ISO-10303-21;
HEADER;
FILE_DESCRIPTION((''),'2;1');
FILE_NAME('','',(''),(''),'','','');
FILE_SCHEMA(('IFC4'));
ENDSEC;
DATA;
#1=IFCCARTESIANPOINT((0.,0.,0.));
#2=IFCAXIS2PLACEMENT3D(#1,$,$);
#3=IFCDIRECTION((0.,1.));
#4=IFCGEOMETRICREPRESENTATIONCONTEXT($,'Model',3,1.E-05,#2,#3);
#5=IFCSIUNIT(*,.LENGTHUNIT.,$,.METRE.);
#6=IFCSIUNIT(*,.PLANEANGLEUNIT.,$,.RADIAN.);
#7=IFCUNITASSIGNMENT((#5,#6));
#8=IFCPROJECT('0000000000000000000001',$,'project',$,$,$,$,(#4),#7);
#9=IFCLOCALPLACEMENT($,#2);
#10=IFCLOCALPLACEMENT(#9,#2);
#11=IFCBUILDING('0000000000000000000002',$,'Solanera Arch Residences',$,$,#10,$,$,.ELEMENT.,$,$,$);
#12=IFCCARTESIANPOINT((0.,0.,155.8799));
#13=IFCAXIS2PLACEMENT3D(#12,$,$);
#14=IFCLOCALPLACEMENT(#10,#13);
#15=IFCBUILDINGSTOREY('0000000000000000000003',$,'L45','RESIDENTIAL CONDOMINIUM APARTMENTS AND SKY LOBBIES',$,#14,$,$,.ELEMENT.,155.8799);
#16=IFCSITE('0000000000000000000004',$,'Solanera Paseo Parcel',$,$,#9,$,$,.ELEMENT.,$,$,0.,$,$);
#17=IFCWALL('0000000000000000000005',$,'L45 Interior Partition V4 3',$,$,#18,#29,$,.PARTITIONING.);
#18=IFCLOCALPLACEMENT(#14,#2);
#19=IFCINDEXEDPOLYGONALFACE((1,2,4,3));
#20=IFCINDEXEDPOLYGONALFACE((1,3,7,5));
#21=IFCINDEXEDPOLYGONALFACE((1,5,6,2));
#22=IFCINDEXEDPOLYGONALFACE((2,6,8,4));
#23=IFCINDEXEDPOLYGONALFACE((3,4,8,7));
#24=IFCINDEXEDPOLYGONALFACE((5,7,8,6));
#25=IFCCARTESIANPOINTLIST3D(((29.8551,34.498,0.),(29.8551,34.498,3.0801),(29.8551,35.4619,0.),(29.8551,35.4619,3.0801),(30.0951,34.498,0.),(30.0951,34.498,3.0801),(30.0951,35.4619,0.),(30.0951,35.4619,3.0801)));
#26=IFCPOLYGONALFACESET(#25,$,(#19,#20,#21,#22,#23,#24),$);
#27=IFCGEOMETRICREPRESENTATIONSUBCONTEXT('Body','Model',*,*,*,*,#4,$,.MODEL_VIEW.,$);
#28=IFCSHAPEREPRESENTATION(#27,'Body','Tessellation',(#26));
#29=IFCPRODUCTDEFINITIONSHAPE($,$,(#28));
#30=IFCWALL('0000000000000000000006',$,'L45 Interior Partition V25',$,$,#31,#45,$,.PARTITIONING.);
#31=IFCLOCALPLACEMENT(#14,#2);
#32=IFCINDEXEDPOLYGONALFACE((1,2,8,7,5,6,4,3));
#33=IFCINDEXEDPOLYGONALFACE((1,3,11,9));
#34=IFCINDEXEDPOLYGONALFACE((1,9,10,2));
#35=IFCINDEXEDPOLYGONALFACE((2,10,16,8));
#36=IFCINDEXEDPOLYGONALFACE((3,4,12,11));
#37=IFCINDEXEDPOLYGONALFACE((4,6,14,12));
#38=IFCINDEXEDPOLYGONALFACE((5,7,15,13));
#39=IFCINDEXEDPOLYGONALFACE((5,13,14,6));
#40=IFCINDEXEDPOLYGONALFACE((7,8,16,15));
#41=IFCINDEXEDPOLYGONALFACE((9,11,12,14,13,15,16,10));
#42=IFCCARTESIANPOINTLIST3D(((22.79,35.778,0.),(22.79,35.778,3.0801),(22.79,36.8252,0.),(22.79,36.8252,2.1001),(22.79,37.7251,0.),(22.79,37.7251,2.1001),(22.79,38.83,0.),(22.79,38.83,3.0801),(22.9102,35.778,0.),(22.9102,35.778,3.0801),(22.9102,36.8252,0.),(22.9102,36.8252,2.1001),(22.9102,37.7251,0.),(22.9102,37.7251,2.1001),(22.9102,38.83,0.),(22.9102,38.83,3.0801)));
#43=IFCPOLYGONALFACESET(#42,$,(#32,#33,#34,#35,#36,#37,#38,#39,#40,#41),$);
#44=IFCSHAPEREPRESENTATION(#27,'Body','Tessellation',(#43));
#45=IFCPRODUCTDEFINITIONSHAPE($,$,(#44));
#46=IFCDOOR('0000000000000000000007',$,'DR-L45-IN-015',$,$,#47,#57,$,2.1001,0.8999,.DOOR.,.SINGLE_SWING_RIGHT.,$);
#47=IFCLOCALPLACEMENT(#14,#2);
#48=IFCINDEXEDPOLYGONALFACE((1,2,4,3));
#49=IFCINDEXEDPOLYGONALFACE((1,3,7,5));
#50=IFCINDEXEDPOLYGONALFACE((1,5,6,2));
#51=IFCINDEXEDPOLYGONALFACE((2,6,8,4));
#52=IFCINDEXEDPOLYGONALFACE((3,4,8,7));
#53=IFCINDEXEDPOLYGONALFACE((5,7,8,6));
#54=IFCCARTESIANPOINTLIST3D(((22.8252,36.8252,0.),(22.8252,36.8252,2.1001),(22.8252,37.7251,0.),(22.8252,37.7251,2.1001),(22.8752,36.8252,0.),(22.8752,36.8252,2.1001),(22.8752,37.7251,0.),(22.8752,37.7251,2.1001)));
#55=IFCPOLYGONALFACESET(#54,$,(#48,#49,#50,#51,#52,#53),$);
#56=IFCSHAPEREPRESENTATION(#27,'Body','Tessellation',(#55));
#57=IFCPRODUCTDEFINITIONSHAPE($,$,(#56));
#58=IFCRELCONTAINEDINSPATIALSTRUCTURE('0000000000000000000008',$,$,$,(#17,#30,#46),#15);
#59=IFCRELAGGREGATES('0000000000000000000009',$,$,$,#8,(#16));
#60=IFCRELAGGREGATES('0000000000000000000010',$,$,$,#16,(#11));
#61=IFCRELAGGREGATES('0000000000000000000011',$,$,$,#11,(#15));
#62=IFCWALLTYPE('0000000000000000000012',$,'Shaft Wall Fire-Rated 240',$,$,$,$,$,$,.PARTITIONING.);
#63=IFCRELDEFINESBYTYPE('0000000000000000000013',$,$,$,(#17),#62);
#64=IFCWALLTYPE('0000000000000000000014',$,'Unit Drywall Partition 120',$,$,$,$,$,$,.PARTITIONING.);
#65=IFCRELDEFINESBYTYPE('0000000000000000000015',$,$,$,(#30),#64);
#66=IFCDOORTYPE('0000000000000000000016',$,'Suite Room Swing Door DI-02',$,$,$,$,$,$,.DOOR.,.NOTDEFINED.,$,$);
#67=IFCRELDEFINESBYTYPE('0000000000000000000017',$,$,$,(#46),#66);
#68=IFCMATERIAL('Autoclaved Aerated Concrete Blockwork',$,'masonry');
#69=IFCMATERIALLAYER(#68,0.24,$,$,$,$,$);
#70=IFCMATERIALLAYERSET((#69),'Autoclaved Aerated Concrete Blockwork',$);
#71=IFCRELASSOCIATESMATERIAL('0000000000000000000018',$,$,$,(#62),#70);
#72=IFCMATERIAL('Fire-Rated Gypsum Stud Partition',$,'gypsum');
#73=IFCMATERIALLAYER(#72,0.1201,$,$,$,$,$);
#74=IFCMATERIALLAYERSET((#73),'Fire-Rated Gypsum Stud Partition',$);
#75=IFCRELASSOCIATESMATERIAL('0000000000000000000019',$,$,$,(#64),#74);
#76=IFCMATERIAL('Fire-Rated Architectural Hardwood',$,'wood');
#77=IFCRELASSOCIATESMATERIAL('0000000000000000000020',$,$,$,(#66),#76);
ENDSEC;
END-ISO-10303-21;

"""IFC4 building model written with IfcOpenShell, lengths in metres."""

from ifc_helpers import new_model, si_unit, direction, frame, frame_2d, origin, place, context, subcontext, project, spatial, rectangle, extrude, material, layer, layer_set, type_object, element, fill, save


model = new_model("IFC4")

# Units and contexts
model_context = context("Model", 3, precision=1e-05, world=origin(), true_north=direction((0.0, 1.0)))
body_context = subcontext(model_context, "Body", "Model", "MODEL_VIEW")
ifc_project = project(units=[si_unit("LENGTHUNIT", "METRE"), si_unit("PLANEANGLEUNIT", "RADIAN")], contexts=[model_context])

# Site, building, storey
site_placement = place(None, origin())
site = spatial("IfcSite", under=ifc_project, at=site_placement, Name="Solanera Paseo Parcel", CompositionType="ELEMENT", RefElevation=0.0)
building_placement = place(site_placement, origin())
building = spatial("IfcBuilding", under=site, at=building_placement, Name="Solanera Arch Residences", CompositionType="ELEMENT")
storey_placement = place(building_placement, frame((0.0, 0.0, 155.8799)))
storey = spatial("IfcBuildingStorey", under=building, at=storey_placement, Name="L45", Description="RESIDENTIAL CONDOMINIUM APARTMENTS AND SKY LOBBIES", CompositionType="ELEMENT", Elevation=155.8799)

# Shared definitions
ifc_material_1 = material(Name="Autoclaved Aerated Concrete Blockwork", Category="masonry")
ifc_layer_1 = layer(ifc_material_1, 0.24)
ifc_layer_set_1 = layer_set([ifc_layer_1], Name="Autoclaved Aerated Concrete Blockwork")
wall_type_1 = type_object("IfcWallType", Name="Shaft Wall Fire-Rated 240", PredefinedType="PARTITIONING", material=ifc_layer_set_1)

# Wall
wall_1_placement = place(storey_placement, frame((29.9751, 34.498, 0.0), z_axis=(0.0, 0.0, 1.0), x_axis=(0.0, 1.0, 0.0)))
element("IfcWall", 1, at=wall_1_placement, inside=storey, type_object=wall_type_1, Name="L45 Interior Partition V4 3", PredefinedType="PARTITIONING", context=body_context, shape_type="SweptSolid", body=[
    extrude(rectangle(XDim=0.9639, YDim=0.24, at=frame_2d((0.4819, 0.0))), origin(), (0.0, 0.0, 1.0), 3.0801),
])

# Wall, opening, door
ifc_material_2 = material(Name="Fire-Rated Gypsum Stud Partition", Category="gypsum")
ifc_layer_2 = layer(ifc_material_2, 0.1201)
ifc_layer_set_2 = layer_set([ifc_layer_2], Name="Fire-Rated Gypsum Stud Partition")
wall_type_2 = type_object("IfcWallType", Name="Unit Drywall Partition 120", PredefinedType="PARTITIONING", material=ifc_layer_set_2)
wall_2_placement = place(storey_placement, frame((22.8501, 35.7781, 0.0), z_axis=(0.0, 0.0, 1.0), x_axis=(0.0, 1.0, 0.0)))
wall_2 = element("IfcWall", 2, at=wall_2_placement, inside=storey, type_object=wall_type_2, Name="L45 Interior Partition V25", PredefinedType="PARTITIONING", context=body_context, shape_type="SweptSolid", body=[
    extrude(rectangle(XDim=3.052, YDim=0.1201, at=frame_2d((1.5259, 0.0))), origin(), (0.0, 0.0, 1.0), 3.0801),
])
opening_1_placement = place(wall_2_placement, frame((1.0471, 0.0, 0.0)))
opening_1 = element("IfcOpeningElement", 3, at=opening_1_placement, cuts=wall_2, PredefinedType="OPENING", context=body_context, shape_type="SweptSolid", body=[
    extrude(rectangle(XDim=0.8999, YDim=2.1001, at=frame_2d((0.45, 1.05))), frame((0.0, 0.0701, 0.0), z_axis=(0.0, -1.0, 0.0), x_axis=(1.0, 0.0, 0.0)), (0.0, 0.0, 1.0), 0.1401),
])
ifc_material_3 = material(Name="Fire-Rated Architectural Hardwood", Category="wood")
door_type_1 = type_object("IfcDoorType", Name="Suite Room Swing Door DI-02", OperationType="NOTDEFINED", PredefinedType="DOOR", material=ifc_material_3)
door_1_placement = place(opening_1_placement, origin())
door_1 = element("IfcDoor", 4, at=door_1_placement, inside=storey, type_object=door_type_1, Name="DR-L45-IN-015", OperationType="SINGLE_SWING_RIGHT", OverallHeight=2.1001, OverallWidth=0.8999, PredefinedType="DOOR", context=body_context, shape_type="SweptSolid", body=[
    extrude(rectangle(XDim=0.8999, YDim=2.1001, at=frame_2d((0.45, 1.05))), frame((0.0, 0.0249, 0.0), z_axis=(0.0, -1.0, 0.0), x_axis=(1.0, 0.0, 0.0)), (0.0, 0.0, 1.0), 0.05),
])
fill(opening_1, door_1)

save(model, "model.ifc")
